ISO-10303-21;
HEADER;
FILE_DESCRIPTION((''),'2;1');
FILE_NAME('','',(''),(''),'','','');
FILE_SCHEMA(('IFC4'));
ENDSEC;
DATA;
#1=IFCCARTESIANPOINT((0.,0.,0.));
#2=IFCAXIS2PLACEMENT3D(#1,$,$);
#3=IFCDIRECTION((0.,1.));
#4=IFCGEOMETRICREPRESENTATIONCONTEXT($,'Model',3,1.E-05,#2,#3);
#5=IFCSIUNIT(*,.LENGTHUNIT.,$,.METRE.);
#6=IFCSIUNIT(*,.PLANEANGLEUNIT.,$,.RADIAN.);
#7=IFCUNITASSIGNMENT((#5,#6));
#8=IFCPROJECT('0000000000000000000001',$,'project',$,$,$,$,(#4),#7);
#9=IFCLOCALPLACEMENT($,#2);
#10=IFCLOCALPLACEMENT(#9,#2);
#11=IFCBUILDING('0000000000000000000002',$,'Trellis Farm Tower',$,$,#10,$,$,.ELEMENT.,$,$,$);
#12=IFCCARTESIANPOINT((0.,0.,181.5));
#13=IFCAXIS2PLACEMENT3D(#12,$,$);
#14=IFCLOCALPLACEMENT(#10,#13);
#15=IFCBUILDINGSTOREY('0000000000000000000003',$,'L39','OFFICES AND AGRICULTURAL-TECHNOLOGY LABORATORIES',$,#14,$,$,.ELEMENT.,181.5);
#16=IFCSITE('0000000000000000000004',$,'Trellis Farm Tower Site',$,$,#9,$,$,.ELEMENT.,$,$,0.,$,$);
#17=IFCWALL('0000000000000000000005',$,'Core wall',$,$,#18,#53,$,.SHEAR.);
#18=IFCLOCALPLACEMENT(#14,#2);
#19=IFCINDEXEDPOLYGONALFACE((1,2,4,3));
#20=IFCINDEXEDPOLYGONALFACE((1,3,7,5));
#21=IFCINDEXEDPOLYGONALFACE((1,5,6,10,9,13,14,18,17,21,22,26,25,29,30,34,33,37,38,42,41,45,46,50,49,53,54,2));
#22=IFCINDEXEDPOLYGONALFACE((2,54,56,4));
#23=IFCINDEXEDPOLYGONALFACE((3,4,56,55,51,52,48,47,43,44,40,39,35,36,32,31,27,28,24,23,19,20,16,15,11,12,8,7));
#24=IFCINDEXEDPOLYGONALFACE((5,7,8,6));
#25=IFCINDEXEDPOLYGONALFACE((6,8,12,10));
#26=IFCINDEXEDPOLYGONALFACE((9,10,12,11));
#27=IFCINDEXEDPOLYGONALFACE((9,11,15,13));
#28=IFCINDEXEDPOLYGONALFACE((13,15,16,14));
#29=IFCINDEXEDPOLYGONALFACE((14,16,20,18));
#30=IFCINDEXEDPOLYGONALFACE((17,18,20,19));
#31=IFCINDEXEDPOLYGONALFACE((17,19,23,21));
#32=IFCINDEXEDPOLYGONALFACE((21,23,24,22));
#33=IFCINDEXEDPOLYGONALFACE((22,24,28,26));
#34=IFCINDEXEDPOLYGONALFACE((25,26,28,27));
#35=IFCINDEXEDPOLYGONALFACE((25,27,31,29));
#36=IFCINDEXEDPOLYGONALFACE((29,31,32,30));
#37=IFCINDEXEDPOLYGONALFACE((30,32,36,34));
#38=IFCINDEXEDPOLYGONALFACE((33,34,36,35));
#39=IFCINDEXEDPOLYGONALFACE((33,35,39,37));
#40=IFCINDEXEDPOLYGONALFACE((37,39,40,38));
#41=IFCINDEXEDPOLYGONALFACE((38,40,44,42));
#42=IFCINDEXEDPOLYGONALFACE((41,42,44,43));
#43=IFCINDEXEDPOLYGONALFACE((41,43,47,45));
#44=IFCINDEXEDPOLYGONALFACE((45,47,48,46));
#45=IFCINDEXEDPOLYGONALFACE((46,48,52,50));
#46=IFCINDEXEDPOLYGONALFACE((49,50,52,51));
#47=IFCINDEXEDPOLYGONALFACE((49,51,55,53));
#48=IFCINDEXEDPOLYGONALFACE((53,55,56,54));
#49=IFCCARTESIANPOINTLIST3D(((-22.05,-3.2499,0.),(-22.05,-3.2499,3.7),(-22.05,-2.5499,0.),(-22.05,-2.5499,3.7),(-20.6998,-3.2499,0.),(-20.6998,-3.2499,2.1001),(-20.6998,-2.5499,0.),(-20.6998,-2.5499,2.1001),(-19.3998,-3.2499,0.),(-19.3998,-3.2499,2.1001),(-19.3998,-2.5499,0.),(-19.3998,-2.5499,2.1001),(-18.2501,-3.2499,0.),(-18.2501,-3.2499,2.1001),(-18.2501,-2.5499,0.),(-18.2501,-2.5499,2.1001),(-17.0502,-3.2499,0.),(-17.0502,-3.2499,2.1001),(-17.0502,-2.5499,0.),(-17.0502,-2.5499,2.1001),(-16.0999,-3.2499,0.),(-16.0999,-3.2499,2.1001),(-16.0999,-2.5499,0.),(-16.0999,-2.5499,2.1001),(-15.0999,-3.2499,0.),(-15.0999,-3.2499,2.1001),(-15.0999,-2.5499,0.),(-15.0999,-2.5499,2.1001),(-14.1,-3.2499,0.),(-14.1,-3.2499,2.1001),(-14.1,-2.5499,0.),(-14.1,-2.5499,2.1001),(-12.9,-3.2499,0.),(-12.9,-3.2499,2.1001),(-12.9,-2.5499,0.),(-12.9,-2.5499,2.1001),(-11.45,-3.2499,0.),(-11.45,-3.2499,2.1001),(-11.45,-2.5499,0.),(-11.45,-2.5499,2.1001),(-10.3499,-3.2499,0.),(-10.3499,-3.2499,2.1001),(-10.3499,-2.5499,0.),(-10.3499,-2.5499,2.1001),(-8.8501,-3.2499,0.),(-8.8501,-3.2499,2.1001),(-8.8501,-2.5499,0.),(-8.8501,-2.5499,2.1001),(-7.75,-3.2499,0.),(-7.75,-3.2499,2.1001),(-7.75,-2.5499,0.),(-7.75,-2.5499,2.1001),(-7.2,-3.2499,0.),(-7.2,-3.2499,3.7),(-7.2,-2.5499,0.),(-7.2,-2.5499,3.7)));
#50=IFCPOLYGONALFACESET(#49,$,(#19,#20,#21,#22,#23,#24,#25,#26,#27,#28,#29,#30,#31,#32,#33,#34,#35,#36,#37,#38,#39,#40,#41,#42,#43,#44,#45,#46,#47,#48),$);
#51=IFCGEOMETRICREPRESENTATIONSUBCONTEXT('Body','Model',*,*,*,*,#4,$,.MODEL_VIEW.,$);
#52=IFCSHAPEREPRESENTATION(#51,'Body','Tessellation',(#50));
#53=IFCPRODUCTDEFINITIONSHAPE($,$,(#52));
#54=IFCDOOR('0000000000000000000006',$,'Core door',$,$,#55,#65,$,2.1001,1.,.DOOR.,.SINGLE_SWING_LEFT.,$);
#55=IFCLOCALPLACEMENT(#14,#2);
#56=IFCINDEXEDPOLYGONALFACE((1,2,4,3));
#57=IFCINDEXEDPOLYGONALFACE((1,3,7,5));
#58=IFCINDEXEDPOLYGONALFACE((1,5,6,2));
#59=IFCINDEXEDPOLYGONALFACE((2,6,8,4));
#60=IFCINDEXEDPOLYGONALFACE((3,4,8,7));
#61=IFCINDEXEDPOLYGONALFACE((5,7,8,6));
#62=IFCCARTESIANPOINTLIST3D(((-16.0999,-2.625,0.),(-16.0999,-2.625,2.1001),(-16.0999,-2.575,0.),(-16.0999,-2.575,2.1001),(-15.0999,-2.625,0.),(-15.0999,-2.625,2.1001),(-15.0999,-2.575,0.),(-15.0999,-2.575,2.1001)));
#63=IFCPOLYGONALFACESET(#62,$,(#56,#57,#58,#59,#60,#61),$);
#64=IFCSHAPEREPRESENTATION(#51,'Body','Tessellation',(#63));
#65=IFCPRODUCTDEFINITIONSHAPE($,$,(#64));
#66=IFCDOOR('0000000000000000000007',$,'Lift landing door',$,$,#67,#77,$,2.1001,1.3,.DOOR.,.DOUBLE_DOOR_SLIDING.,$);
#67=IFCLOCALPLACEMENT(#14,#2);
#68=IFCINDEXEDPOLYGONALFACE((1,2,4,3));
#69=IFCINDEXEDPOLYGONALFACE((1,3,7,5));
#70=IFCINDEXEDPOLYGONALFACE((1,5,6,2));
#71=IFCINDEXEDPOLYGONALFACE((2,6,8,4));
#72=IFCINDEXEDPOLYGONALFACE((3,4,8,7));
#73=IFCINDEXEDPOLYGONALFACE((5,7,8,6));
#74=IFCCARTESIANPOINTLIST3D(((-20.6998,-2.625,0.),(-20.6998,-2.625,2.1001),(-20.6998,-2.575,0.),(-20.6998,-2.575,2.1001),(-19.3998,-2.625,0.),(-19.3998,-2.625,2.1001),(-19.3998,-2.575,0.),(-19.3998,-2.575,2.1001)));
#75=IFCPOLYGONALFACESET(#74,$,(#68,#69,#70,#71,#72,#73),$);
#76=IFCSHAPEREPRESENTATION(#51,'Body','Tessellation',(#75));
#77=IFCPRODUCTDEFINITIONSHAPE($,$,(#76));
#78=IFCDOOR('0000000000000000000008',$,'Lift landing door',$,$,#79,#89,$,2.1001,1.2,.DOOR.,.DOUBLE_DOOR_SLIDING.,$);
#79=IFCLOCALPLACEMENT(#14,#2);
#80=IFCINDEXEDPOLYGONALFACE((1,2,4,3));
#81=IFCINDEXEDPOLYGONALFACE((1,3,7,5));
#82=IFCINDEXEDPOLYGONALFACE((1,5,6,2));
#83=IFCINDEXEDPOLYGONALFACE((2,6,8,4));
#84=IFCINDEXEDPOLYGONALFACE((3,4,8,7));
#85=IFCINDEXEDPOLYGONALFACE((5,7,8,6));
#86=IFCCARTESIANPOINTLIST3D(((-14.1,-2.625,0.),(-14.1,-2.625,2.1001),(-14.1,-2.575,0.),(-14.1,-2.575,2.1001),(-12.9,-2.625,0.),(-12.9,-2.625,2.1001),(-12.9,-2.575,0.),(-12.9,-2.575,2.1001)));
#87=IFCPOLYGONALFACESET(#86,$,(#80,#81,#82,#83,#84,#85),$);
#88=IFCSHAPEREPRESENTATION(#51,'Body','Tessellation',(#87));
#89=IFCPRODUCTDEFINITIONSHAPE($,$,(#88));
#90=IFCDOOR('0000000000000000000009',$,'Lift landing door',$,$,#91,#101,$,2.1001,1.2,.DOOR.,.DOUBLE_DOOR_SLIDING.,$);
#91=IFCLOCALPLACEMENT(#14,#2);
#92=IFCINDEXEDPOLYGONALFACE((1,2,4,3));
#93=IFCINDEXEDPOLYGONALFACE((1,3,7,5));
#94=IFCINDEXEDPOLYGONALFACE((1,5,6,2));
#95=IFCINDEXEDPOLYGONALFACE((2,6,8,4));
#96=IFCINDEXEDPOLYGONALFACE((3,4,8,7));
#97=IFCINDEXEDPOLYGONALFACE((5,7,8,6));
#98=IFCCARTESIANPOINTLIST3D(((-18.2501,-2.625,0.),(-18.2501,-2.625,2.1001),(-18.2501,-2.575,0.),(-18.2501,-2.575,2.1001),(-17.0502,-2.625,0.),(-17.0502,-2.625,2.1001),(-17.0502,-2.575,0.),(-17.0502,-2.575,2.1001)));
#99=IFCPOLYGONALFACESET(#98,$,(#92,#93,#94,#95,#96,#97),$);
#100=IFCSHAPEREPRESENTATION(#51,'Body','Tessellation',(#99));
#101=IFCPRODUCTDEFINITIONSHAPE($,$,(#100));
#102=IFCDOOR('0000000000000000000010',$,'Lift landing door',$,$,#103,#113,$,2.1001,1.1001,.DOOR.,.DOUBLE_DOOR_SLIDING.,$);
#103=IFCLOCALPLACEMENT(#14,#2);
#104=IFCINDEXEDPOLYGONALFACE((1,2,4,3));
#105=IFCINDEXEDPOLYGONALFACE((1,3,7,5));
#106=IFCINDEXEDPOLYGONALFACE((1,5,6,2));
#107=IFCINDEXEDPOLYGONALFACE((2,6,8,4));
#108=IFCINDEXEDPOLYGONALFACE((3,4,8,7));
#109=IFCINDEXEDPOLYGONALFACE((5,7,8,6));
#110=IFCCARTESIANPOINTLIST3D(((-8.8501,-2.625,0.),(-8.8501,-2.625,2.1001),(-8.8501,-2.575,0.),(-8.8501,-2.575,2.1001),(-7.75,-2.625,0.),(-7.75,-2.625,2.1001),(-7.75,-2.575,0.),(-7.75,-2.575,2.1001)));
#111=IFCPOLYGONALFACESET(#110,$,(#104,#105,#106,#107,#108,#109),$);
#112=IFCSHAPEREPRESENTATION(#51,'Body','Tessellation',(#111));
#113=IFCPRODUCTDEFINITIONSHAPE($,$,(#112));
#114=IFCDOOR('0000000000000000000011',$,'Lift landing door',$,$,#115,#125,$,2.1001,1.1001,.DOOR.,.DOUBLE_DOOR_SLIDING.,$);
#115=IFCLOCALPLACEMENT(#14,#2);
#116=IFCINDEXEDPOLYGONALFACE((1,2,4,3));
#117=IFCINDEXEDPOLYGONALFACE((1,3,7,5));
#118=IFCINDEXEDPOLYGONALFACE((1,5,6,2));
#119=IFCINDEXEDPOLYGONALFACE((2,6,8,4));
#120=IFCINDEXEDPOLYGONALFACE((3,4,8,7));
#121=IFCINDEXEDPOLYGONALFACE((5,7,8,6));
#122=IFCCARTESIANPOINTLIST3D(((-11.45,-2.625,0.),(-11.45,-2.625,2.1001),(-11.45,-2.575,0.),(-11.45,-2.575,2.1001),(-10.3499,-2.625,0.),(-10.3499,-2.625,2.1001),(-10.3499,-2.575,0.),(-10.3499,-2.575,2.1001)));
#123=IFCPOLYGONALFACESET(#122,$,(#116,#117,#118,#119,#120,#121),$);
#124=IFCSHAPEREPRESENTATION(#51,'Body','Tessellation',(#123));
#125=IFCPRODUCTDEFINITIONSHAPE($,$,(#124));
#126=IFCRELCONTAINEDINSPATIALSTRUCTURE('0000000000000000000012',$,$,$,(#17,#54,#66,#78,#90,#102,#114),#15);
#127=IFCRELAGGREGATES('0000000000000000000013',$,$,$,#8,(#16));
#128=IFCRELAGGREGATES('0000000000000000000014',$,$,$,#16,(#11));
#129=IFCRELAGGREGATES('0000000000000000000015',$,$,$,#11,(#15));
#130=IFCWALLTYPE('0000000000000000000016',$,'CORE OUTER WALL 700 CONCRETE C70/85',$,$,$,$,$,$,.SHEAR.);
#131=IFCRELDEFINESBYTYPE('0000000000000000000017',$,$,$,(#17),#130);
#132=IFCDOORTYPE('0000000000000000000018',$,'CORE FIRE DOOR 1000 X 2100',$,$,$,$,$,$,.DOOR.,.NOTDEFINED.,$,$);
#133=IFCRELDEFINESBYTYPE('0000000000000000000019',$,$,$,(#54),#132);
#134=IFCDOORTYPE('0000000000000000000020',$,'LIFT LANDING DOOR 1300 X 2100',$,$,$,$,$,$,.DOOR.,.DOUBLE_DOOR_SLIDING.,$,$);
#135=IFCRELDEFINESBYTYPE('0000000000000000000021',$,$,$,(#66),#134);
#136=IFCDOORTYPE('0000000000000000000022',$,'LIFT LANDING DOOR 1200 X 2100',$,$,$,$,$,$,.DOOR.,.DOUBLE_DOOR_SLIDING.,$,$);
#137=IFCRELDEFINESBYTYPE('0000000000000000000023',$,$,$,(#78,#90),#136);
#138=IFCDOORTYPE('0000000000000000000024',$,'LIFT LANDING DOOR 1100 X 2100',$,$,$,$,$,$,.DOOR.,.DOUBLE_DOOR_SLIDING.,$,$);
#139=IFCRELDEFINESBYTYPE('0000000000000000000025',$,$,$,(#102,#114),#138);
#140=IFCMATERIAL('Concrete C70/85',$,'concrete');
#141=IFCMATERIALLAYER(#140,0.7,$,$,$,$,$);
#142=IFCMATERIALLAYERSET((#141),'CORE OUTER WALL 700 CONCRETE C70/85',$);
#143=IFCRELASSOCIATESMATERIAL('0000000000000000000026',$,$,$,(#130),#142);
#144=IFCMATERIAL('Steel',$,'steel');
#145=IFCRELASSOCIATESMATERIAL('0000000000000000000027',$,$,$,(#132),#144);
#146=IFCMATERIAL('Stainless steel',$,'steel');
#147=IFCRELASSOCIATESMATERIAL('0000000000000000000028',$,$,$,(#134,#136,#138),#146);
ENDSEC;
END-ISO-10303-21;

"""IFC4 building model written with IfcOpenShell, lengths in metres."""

from ifc_helpers import new_model, si_unit, direction, frame, frame_2d, origin, place, context, subcontext, project, spatial, rectangle, extrude, source, transform, mapped, material, layer, layer_set, type_object, element, fill, save


model = new_model("IFC4")

# Units and contexts
model_context = context("Model", 3, precision=1e-05, world=origin(), true_north=direction((0.0, 1.0)))
body_context = subcontext(model_context, "Body", "Model", "MODEL_VIEW")
ifc_project = project(units=[si_unit("LENGTHUNIT", "METRE"), si_unit("PLANEANGLEUNIT", "RADIAN")], contexts=[model_context])

# Site, building, storey
site_placement = place(None, origin())
site = spatial("IfcSite", under=ifc_project, at=site_placement, Name="Trellis Farm Tower Site", CompositionType="ELEMENT", RefElevation=0.0)
building_placement = place(site_placement, origin())
building = spatial("IfcBuilding", under=site, at=building_placement, Name="Trellis Farm Tower", CompositionType="ELEMENT")
storey_placement = place(building_placement, frame((0.0, 0.0, 181.5)))
storey = spatial("IfcBuildingStorey", under=building, at=storey_placement, Name="L39", Description="OFFICES AND AGRICULTURAL-TECHNOLOGY LABORATORIES", CompositionType="ELEMENT", Elevation=181.5)

# Shared definitions
ifc_material_1 = material(Name="Concrete C70/85", Category="concrete")

# Shared definitions
ifc_material_2 = material(Name="Steel", Category="steel")

# Wall, openings, doors
ifc_layer_1 = layer(ifc_material_1, 0.7)
ifc_layer_set_1 = layer_set([ifc_layer_1], Name="CORE OUTER WALL 700 CONCRETE C70/85")
wall_type_1 = type_object("IfcWallType", Name="CORE OUTER WALL 700 CONCRETE C70/85", PredefinedType="SHEAR", material=ifc_layer_set_1)
shared_shape_1 = source(origin(), body_context, "Body", "SweptSolid", [
    extrude(rectangle(XDim=14.8501, YDim=0.7, at=frame_2d((7.425, 0.0))), origin(), (0.0, 0.0, 1.0), 3.7),
])
wall_1_placement = place(storey_placement, frame((-7.2, -2.8999, 0.0), z_axis=(0.0, 0.0, 1.0), x_axis=(-1.0, 0.0, 0.0)))
wall_1 = element("IfcWall", 1, at=wall_1_placement, inside=storey, type_object=wall_type_1, Name="Core wall", PredefinedType="SHEAR", context=body_context, shape_type="MappedRepresentation", body=[
    mapped(shared_shape_1, transform((0.0, 0.0, 0.0))),
])
shared_shape_2 = source(origin(), body_context, "Body", "SweptSolid", [
    extrude(rectangle(XDim=1.1001, YDim=2.1001, at=frame_2d((0.55, 1.05))), frame((0.0, 0.3601, 0.0), z_axis=(0.0, -1.0, 0.0), x_axis=(1.0, 0.0, 0.0)), (0.0, 0.0, 1.0), 0.7202),
])
opening_1_placement = place(wall_1_placement, frame((0.55, 0.0, 0.0)))
opening_1 = element("IfcOpeningElement", 2, at=opening_1_placement, cuts=wall_1, PredefinedType="OPENING", context=body_context, shape_type="MappedRepresentation", body=[
    mapped(shared_shape_2, transform((0.0, 0.0, 0.0))),
])
opening_2_placement = place(wall_1_placement, frame((3.1499, 0.0, 0.0)))
opening_2 = element("IfcOpeningElement", 3, at=opening_2_placement, cuts=wall_1, PredefinedType="OPENING", context=body_context, shape_type="MappedRepresentation", body=[
    mapped(shared_shape_2, transform((0.0, 0.0, 0.0))),
])
shared_shape_3 = source(origin(), body_context, "Body", "SweptSolid", [
    extrude(rectangle(XDim=1.2, YDim=2.1001, at=frame_2d((0.6001, 1.05))), frame((0.0, 0.3601, 0.0), z_axis=(0.0, -1.0, 0.0), x_axis=(1.0, 0.0, 0.0)), (0.0, 0.0, 1.0), 0.7202),
])
opening_3_placement = place(wall_1_placement, frame((5.7, 0.0, 0.0)))
opening_3 = element("IfcOpeningElement", 4, at=opening_3_placement, cuts=wall_1, PredefinedType="OPENING", context=body_context, shape_type="MappedRepresentation", body=[
    mapped(shared_shape_3, transform((0.0, 0.0, 0.0))),
])
shared_shape_4 = source(origin(), body_context, "Body", "SweptSolid", [
    extrude(rectangle(XDim=1.3, YDim=2.1001, at=frame_2d((0.6499, 1.05))), frame((0.0, 0.3601, 0.0), z_axis=(0.0, -1.0, 0.0), x_axis=(1.0, 0.0, 0.0)), (0.0, 0.0, 1.0), 0.7202),
])
opening_4_placement = place(wall_1_placement, frame((12.2, 0.0, 0.0)))
opening_4 = element("IfcOpeningElement", 5, at=opening_4_placement, cuts=wall_1, PredefinedType="OPENING", context=body_context, shape_type="MappedRepresentation", body=[
    mapped(shared_shape_4, transform((0.0, 0.0, 0.0))),
])
opening_5_placement = place(wall_1_placement, frame((9.8501, 0.0, 0.0)))
opening_5 = element("IfcOpeningElement", 6, at=opening_5_placement, cuts=wall_1, PredefinedType="OPENING", context=body_context, shape_type="MappedRepresentation", body=[
    mapped(shared_shape_3, transform((0.0, 0.0, 0.0))),
])
shared_shape_5 = source(origin(), body_context, "Body", "SweptSolid", [
    extrude(rectangle(XDim=1.0, YDim=2.1001, at=frame_2d((0.5, 1.05))), frame((0.0, 0.3601, 0.0), z_axis=(0.0, -1.0, 0.0), x_axis=(1.0, 0.0, 0.0)), (0.0, 0.0, 1.0), 0.7202),
])
opening_6_placement = place(wall_1_placement, frame((7.8999, 0.0, 0.0)))
opening_6 = element("IfcOpeningElement", 7, at=opening_6_placement, cuts=wall_1, PredefinedType="OPENING", context=body_context, shape_type="MappedRepresentation", body=[
    mapped(shared_shape_5, transform((0.0, 0.0, 0.0))),
])
door_type_1 = type_object("IfcDoorType", Name="CORE FIRE DOOR 1000 X 2100", OperationType="NOTDEFINED", PredefinedType="DOOR", material=ifc_material_2)
shared_shape_6 = source(origin(), body_context, "Body", "SweptSolid", [
    extrude(rectangle(XDim=1.0, YDim=2.1001, at=frame_2d((0.5, 1.05))), frame((0.0, -0.2749, 0.0), z_axis=(0.0, -1.0, 0.0), x_axis=(1.0, 0.0, 0.0)), (0.0, 0.0, 1.0), 0.05),
])
door_1_placement = place(opening_6_placement, origin())
door_1 = element("IfcDoor", 8, at=door_1_placement, inside=storey, type_object=door_type_1, Name="Core door", OperationType="SINGLE_SWING_LEFT", OverallHeight=2.1001, OverallWidth=1.0, PredefinedType="DOOR", context=body_context, shape_type="MappedRepresentation", body=[
    mapped(shared_shape_6, transform((0.0, 0.0, 0.0))),
])
fill(opening_6, door_1)
ifc_material_3 = material(Name="Stainless steel", Category="steel")
door_type_2 = type_object("IfcDoorType", Name="LIFT LANDING DOOR 1300 X 2100", OperationType="DOUBLE_DOOR_SLIDING", PredefinedType="DOOR", material=ifc_material_3)
shared_shape_7 = source(origin(), body_context, "Body", "SweptSolid", [
    extrude(rectangle(XDim=1.3, YDim=2.1001, at=frame_2d((0.6499, 1.05))), frame((0.0, -0.2749, 0.0), z_axis=(0.0, -1.0, 0.0), x_axis=(1.0, 0.0, 0.0)), (0.0, 0.0, 1.0), 0.05),
])
door_2_placement = place(opening_4_placement, origin())
door_2 = element("IfcDoor", 9, at=door_2_placement, inside=storey, type_object=door_type_2, Name="Lift landing door", OperationType="DOUBLE_DOOR_SLIDING", OverallHeight=2.1001, OverallWidth=1.3, PredefinedType="DOOR", context=body_context, shape_type="MappedRepresentation", body=[
    mapped(shared_shape_7, transform((0.0, 0.0, 0.0))),
])
fill(opening_4, door_2)
door_type_3 = type_object("IfcDoorType", Name="LIFT LANDING DOOR 1200 X 2100", OperationType="DOUBLE_DOOR_SLIDING", PredefinedType="DOOR", material=ifc_material_3)
shared_shape_8 = source(origin(), body_context, "Body", "SweptSolid", [
    extrude(rectangle(XDim=1.2, YDim=2.1001, at=frame_2d((0.6001, 1.05))), frame((0.0, -0.2749, 0.0), z_axis=(0.0, -1.0, 0.0), x_axis=(1.0, 0.0, 0.0)), (0.0, 0.0, 1.0), 0.05),
])
door_3_placement = place(opening_3_placement, origin())
door_3 = element("IfcDoor", 10, at=door_3_placement, inside=storey, type_object=door_type_3, Name="Lift landing door", OperationType="DOUBLE_DOOR_SLIDING", OverallHeight=2.1001, OverallWidth=1.2, PredefinedType="DOOR", context=body_context, shape_type="MappedRepresentation", body=[
    mapped(shared_shape_8, transform((0.0, 0.0, 0.0))),
])
fill(opening_3, door_3)
door_4_placement = place(opening_5_placement, origin())
door_4 = element("IfcDoor", 11, at=door_4_placement, inside=storey, type_object=door_type_3, Name="Lift landing door", OperationType="DOUBLE_DOOR_SLIDING", OverallHeight=2.1001, OverallWidth=1.2, PredefinedType="DOOR", context=body_context, shape_type="MappedRepresentation", body=[
    mapped(shared_shape_8, transform((0.0, 0.0, 0.0))),
])
fill(opening_5, door_4)
door_type_4 = type_object("IfcDoorType", Name="LIFT LANDING DOOR 1100 X 2100", OperationType="DOUBLE_DOOR_SLIDING", PredefinedType="DOOR", material=ifc_material_3)
shared_shape_9 = source(origin(), body_context, "Body", "SweptSolid", [
    extrude(rectangle(XDim=1.1001, YDim=2.1001, at=frame_2d((0.55, 1.05))), frame((0.0, -0.2749, 0.0), z_axis=(0.0, -1.0, 0.0), x_axis=(1.0, 0.0, 0.0)), (0.0, 0.0, 1.0), 0.05),
])
door_5_placement = place(opening_1_placement, origin())
door_5 = element("IfcDoor", 12, at=door_5_placement, inside=storey, type_object=door_type_4, Name="Lift landing door", OperationType="DOUBLE_DOOR_SLIDING", OverallHeight=2.1001, OverallWidth=1.1001, PredefinedType="DOOR", context=body_context, shape_type="MappedRepresentation", body=[
    mapped(shared_shape_9, transform((0.0, 0.0, 0.0))),
])
fill(opening_1, door_5)
door_6_placement = place(opening_2_placement, origin())
door_6 = element("IfcDoor", 13, at=door_6_placement, inside=storey, type_object=door_type_4, Name="Lift landing door", OperationType="DOUBLE_DOOR_SLIDING", OverallHeight=2.1001, OverallWidth=1.1001, PredefinedType="DOOR", context=body_context, shape_type="MappedRepresentation", body=[
    mapped(shared_shape_9, transform((0.0, 0.0, 0.0))),
])
fill(opening_2, door_6)

save(model, "model.ifc")
